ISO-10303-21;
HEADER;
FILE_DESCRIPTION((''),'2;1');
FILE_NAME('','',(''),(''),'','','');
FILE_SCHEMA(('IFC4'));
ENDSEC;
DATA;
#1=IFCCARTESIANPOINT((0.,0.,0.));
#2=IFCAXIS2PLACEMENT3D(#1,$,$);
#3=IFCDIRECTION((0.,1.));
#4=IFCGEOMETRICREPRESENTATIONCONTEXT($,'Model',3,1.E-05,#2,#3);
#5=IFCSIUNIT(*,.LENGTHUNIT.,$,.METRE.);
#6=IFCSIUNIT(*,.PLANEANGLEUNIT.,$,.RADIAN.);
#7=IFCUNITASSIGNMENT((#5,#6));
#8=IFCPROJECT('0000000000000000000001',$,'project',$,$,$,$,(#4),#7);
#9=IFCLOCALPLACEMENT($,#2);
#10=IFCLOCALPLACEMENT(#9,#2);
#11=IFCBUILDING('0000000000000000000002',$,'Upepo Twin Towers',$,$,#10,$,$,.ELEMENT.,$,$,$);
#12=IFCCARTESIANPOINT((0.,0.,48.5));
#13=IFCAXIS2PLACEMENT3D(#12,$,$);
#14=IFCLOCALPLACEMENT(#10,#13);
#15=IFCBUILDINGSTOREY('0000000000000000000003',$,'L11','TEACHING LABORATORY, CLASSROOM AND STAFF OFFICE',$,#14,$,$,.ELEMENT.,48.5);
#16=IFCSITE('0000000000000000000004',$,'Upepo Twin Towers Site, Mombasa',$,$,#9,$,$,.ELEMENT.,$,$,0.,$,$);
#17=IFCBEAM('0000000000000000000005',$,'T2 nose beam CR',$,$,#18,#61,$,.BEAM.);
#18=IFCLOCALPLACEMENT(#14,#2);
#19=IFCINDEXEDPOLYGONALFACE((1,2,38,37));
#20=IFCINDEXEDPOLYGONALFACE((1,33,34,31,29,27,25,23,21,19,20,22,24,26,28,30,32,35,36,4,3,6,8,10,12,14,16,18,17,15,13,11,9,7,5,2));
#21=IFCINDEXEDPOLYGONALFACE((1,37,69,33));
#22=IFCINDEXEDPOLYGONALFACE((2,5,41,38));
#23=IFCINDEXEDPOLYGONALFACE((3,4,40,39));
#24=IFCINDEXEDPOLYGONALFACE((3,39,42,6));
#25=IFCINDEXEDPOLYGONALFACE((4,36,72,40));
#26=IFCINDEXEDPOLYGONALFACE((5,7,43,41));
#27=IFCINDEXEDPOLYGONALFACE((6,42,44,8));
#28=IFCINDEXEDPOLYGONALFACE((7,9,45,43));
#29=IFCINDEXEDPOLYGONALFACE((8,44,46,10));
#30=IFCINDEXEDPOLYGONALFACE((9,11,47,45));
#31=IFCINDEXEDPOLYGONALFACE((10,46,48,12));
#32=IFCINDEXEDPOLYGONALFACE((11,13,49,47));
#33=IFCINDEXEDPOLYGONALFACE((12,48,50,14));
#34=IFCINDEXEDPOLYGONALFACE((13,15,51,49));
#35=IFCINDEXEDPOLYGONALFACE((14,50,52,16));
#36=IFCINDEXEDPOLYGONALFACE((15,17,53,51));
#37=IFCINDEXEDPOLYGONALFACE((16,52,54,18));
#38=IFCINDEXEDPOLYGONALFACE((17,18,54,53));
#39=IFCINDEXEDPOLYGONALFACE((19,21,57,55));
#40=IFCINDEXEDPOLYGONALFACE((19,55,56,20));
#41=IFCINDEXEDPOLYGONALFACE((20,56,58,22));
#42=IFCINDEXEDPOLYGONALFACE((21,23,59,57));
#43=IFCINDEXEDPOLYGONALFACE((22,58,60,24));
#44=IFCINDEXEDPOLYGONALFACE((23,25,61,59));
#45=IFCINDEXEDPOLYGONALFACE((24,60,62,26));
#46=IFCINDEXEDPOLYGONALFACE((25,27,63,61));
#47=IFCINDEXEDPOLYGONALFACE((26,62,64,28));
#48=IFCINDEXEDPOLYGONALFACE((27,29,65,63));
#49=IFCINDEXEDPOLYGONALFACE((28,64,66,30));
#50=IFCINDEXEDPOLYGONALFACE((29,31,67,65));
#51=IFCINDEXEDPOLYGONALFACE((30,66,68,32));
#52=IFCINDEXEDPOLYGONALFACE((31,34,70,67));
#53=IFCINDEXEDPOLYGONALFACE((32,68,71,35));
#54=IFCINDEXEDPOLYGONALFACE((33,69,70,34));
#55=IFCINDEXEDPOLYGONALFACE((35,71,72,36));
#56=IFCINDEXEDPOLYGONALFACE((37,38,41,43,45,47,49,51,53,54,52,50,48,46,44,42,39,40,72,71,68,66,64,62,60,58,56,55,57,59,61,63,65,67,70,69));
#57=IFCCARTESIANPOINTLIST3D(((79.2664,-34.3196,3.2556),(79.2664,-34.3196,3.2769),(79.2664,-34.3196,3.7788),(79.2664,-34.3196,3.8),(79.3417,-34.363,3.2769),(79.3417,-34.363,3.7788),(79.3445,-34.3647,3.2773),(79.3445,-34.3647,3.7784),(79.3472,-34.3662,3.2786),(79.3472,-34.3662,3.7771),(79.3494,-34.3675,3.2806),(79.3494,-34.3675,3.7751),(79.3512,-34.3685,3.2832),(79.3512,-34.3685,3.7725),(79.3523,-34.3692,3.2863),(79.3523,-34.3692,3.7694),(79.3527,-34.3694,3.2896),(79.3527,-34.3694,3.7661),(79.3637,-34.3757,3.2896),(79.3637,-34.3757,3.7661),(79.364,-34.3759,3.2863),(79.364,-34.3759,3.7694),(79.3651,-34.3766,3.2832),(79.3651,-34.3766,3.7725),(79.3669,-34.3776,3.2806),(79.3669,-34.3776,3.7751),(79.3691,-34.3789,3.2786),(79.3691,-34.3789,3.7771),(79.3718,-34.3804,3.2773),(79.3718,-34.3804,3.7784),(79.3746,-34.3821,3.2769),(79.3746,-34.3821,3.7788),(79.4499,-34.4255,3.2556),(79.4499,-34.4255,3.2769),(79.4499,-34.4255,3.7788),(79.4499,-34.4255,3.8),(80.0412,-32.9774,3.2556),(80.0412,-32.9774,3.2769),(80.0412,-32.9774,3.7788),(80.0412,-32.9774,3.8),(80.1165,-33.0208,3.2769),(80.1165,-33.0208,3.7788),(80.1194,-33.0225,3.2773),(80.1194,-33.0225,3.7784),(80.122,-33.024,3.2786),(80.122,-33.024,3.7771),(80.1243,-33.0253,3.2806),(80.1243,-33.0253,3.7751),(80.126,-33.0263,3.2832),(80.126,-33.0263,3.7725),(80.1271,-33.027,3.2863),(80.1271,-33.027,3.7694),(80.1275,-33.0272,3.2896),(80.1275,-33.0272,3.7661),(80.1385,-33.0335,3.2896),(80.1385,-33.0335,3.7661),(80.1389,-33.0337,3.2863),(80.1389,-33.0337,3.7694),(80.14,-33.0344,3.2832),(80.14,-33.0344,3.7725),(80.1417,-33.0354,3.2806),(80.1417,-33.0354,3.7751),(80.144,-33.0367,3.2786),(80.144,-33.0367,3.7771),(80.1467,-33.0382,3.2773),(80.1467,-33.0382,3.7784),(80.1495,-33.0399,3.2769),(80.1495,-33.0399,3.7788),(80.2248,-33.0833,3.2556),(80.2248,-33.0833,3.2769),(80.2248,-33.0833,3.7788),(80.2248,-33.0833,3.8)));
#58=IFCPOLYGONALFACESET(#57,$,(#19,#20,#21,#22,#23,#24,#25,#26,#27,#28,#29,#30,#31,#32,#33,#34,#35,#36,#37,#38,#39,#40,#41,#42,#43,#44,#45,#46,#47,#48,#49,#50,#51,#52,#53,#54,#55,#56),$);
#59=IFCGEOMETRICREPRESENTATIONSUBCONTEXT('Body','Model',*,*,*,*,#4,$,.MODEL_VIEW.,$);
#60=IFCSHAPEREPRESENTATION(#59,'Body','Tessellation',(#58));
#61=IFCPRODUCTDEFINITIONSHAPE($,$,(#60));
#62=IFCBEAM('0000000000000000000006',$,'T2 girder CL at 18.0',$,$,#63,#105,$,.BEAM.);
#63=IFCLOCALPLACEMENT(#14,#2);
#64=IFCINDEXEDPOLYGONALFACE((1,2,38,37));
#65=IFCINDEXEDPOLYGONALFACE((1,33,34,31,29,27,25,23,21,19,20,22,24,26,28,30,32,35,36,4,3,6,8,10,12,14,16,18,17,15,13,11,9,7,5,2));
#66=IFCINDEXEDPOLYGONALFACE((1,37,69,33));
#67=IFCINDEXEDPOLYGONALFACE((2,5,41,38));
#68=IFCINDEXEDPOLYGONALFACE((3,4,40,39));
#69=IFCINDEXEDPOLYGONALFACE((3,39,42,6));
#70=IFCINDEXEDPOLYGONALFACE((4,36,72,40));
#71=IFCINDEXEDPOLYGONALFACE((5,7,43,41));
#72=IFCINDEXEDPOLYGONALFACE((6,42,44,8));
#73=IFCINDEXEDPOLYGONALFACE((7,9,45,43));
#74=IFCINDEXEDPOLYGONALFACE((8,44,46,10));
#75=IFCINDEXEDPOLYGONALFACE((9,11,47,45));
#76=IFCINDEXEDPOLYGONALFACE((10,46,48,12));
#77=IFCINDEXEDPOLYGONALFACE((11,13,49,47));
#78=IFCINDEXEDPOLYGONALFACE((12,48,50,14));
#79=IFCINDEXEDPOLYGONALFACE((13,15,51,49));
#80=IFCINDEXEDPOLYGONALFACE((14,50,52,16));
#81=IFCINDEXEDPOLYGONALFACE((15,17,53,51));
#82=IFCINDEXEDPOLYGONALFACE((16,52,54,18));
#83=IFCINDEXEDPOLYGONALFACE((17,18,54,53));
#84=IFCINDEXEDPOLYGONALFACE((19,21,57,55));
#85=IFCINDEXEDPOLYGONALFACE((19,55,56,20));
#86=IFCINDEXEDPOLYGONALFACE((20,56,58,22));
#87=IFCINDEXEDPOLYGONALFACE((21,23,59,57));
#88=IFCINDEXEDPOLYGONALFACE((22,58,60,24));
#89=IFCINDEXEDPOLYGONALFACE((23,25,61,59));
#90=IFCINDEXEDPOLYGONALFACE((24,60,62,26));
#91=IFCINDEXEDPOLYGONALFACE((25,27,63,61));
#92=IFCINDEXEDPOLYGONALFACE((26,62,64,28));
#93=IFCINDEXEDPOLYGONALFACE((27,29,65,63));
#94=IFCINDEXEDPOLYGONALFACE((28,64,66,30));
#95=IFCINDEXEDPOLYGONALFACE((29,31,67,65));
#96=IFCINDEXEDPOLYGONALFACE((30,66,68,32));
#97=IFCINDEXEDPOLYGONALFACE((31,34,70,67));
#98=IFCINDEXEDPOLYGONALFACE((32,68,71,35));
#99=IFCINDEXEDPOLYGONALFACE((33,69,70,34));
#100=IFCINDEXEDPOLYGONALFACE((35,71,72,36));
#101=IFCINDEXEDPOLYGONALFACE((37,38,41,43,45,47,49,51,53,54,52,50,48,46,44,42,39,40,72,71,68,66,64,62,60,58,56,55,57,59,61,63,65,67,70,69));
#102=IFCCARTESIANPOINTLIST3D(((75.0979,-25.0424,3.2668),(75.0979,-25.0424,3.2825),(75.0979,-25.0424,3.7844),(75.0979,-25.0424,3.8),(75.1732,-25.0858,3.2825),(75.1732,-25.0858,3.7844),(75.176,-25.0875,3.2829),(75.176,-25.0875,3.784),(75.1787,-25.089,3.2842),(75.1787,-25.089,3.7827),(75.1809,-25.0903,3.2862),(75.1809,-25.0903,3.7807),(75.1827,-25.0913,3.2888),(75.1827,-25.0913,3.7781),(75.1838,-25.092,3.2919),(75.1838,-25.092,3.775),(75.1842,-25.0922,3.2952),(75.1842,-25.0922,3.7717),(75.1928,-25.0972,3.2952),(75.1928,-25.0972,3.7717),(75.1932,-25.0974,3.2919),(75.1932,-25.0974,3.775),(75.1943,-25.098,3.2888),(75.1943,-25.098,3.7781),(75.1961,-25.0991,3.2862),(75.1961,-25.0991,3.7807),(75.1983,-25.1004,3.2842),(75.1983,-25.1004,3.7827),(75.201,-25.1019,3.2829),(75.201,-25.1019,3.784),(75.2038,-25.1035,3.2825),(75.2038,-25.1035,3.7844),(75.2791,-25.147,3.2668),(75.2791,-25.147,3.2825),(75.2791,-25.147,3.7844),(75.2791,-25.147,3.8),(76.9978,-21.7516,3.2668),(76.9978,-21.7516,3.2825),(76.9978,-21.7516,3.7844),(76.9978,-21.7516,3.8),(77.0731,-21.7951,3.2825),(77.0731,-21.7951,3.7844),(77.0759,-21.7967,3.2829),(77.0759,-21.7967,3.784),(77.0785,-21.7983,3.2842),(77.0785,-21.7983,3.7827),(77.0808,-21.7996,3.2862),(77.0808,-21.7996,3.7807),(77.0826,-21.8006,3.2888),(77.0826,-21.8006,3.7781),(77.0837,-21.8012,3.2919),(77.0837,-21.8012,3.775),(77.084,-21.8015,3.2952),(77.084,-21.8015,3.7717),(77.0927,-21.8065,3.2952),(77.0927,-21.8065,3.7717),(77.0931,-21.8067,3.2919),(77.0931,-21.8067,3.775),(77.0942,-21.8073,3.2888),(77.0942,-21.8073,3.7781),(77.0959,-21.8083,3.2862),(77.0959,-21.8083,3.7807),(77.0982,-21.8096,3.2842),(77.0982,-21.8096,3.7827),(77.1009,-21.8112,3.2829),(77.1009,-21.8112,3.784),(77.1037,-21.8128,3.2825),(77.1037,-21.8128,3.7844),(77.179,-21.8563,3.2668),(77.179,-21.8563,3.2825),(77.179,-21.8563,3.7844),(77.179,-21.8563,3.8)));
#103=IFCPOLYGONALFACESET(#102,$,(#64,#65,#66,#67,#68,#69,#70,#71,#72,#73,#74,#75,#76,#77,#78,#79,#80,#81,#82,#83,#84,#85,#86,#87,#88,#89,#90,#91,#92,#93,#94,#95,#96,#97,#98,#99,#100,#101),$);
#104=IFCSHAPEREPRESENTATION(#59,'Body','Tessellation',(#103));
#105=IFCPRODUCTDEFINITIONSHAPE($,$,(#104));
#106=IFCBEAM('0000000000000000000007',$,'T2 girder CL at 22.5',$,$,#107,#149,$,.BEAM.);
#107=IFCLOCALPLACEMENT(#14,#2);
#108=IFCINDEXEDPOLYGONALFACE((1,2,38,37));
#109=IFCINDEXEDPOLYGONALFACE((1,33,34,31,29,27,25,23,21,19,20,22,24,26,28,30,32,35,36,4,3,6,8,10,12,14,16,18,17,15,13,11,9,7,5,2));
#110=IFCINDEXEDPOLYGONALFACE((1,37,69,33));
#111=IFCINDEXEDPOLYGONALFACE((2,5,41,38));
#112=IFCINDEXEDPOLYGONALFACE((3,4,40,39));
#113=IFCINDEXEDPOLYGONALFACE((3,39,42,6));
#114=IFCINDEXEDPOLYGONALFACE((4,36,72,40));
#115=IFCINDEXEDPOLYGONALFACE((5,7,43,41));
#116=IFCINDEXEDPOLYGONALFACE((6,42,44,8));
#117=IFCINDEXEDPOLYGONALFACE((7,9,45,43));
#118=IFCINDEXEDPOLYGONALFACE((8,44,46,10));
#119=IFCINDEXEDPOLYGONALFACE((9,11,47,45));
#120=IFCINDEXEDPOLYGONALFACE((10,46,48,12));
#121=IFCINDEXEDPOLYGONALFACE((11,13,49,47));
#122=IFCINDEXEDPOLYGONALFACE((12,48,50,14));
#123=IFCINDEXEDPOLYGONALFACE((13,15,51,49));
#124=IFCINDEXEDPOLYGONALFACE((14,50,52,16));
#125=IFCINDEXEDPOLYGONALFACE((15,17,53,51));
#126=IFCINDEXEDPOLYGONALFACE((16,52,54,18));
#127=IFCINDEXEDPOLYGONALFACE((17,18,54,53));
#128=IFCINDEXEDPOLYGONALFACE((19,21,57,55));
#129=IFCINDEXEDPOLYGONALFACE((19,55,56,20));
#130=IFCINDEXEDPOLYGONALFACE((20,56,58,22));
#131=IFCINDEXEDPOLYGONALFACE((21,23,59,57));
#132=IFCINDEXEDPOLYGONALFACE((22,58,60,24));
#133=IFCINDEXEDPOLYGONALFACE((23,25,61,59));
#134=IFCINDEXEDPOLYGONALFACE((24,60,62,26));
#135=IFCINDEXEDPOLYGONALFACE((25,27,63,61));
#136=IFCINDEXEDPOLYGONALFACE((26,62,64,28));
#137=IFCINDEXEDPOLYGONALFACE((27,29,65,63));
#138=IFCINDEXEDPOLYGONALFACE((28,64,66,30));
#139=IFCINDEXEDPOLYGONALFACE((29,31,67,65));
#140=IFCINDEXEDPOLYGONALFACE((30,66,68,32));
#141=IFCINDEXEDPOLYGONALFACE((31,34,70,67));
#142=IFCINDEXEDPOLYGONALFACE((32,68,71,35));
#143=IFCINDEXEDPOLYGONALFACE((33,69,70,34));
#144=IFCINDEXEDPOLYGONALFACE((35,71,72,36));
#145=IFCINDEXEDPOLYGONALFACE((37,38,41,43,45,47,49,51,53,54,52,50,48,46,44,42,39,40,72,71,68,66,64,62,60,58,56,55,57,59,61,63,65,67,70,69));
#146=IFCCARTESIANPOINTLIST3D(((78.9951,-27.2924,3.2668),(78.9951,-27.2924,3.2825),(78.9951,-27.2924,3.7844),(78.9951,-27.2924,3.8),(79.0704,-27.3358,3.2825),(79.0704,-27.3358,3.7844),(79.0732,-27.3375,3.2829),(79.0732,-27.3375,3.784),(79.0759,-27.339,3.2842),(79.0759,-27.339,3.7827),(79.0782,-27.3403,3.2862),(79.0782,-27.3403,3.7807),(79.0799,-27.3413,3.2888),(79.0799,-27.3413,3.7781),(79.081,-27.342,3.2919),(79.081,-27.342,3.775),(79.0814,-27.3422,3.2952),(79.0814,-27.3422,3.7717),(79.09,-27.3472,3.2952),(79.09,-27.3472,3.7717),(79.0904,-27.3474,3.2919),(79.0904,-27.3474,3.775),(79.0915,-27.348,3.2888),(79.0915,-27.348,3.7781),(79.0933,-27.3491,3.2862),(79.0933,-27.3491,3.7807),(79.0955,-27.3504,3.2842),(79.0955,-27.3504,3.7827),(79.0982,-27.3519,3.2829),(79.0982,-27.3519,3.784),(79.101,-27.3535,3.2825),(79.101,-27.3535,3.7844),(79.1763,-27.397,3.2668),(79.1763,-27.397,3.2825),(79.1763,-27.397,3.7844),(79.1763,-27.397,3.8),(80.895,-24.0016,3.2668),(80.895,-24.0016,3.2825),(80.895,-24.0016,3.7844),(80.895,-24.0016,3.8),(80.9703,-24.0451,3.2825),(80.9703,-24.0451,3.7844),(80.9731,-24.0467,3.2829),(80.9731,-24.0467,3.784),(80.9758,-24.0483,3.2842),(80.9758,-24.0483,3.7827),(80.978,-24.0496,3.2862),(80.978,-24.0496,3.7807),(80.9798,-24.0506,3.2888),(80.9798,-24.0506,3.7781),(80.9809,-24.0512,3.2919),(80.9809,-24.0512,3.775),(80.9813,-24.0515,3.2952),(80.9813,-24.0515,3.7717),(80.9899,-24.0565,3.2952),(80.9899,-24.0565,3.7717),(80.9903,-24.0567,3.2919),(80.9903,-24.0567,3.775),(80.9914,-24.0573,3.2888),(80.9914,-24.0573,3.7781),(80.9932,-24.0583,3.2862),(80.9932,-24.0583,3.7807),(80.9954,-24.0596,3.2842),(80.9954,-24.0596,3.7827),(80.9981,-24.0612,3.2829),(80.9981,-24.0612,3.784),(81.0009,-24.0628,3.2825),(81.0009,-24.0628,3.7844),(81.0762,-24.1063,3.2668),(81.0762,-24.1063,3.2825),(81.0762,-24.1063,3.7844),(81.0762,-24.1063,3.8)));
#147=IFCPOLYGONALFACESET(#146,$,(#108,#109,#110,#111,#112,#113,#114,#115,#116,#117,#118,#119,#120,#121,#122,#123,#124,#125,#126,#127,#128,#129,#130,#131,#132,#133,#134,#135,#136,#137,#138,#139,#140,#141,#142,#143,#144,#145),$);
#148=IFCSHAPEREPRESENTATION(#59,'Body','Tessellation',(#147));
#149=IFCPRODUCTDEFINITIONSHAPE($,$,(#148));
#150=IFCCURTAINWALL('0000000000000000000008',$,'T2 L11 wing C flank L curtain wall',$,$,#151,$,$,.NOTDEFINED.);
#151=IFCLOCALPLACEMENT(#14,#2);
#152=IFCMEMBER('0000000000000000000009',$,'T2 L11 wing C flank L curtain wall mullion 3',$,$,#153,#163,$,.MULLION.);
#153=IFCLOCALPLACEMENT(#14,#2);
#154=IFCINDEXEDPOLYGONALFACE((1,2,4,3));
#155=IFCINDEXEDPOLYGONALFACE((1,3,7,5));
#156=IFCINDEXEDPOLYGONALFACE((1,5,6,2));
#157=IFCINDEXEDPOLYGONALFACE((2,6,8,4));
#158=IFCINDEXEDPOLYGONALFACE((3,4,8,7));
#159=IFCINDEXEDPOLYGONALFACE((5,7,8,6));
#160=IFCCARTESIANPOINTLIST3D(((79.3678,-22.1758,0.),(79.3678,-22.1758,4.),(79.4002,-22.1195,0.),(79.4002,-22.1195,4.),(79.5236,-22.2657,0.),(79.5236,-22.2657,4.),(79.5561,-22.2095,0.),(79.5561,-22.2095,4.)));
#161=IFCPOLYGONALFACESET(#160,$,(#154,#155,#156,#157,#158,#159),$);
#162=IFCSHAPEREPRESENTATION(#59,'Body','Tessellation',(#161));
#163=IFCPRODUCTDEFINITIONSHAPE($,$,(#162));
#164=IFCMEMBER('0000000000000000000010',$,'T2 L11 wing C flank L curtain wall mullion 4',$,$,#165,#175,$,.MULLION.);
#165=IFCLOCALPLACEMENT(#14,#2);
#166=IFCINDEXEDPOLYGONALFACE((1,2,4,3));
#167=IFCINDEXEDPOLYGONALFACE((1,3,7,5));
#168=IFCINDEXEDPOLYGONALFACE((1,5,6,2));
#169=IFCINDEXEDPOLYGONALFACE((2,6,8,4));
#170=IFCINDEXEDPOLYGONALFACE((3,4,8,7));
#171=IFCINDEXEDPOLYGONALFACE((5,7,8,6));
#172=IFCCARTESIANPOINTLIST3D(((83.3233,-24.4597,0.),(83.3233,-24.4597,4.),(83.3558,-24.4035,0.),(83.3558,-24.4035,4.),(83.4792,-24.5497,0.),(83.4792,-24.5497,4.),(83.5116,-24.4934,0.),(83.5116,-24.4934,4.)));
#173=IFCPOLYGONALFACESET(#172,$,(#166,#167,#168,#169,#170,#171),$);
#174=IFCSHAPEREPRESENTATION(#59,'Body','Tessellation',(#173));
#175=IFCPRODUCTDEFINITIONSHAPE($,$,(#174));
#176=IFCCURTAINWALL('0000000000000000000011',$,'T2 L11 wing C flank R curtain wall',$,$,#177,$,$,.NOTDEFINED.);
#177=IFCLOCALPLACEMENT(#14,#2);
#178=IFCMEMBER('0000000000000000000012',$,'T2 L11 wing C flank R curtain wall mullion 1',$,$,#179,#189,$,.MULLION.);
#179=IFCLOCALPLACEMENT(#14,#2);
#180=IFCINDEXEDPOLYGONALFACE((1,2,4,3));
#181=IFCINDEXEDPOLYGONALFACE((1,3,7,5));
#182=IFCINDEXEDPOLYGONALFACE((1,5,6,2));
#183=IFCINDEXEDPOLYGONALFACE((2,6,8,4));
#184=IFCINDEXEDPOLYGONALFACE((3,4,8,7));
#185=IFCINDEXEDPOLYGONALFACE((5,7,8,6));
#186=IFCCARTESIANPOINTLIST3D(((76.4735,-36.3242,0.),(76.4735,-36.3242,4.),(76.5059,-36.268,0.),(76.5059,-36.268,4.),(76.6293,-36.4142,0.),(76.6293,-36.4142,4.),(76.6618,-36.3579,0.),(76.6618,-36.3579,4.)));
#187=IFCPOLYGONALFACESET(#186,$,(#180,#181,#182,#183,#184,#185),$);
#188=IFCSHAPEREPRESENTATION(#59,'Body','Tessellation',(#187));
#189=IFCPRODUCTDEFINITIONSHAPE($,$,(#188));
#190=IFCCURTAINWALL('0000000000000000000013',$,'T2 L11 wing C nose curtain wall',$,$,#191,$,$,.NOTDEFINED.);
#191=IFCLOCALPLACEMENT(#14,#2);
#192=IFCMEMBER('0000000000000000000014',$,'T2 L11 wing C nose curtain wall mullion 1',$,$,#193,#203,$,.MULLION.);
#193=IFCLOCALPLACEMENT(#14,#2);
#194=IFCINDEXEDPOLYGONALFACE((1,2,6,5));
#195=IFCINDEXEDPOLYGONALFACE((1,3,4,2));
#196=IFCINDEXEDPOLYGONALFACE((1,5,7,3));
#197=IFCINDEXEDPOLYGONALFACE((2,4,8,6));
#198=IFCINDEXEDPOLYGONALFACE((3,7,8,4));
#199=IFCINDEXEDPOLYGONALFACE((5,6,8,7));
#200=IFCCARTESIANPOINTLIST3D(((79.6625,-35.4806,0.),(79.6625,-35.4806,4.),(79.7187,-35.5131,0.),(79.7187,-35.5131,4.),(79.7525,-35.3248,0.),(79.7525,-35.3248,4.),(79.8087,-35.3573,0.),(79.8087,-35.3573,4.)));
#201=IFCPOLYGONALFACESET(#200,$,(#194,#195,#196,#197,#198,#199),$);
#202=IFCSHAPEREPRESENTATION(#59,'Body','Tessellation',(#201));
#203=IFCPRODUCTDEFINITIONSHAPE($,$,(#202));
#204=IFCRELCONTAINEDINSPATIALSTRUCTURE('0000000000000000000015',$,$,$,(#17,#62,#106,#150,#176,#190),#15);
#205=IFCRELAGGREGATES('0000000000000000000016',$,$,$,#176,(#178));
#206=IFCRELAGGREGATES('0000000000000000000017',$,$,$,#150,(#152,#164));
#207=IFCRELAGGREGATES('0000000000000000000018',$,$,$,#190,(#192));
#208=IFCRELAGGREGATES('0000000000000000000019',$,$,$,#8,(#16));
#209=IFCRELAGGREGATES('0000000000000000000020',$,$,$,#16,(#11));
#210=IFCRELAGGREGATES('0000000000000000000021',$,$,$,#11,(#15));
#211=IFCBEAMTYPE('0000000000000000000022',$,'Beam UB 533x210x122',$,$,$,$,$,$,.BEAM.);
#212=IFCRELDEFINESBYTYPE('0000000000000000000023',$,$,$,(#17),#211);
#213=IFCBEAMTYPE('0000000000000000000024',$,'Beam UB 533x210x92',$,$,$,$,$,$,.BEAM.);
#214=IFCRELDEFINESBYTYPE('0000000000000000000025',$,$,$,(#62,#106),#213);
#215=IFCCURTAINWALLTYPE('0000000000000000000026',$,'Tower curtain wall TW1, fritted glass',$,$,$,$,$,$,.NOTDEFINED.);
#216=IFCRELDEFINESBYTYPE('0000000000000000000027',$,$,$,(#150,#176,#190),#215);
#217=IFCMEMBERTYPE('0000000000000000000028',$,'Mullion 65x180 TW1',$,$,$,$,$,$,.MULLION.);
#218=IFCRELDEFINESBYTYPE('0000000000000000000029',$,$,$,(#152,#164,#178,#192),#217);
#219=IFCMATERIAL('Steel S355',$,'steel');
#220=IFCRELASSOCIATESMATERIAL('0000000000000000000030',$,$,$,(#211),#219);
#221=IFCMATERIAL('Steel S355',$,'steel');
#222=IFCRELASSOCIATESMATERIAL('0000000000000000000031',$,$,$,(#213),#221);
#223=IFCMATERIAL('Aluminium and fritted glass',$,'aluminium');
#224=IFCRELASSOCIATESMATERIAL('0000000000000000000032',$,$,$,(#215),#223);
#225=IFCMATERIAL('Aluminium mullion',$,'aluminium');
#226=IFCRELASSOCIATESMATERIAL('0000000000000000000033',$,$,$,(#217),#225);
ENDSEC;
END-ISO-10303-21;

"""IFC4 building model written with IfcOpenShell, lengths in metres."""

from ifc_helpers import new_model, si_unit, direction, frame, origin, origin_2d, place, context, subcontext, project, spatial, rectangle, i_section, extrude, material, material_profile, profile_set, type_object, element, aggregate, save


model = new_model("IFC4")

# Units and contexts
model_context = context("Model", 3, precision=1e-05, world=origin(), true_north=direction((0.0, 1.0)))
body_context = subcontext(model_context, "Body", "Model", "MODEL_VIEW")
ifc_project = project(units=[si_unit("LENGTHUNIT", "METRE"), si_unit("PLANEANGLEUNIT", "RADIAN")], contexts=[model_context])

# Site, building, storey
site_placement = place(None, origin())
site = spatial("IfcSite", under=ifc_project, at=site_placement, Name="Upepo Twin Towers Site, Mombasa", CompositionType="ELEMENT", RefElevation=0.0)
building_placement = place(site_placement, origin())
building = spatial("IfcBuilding", under=site, at=building_placement, Name="Upepo Twin Towers", CompositionType="ELEMENT")
storey_placement = place(building_placement, frame((0.0, 0.0, 48.5)))
storey = spatial("IfcBuildingStorey", under=building, at=storey_placement, Name="L11", Description="TEACHING LABORATORY, CLASSROOM AND STAFF OFFICE", CompositionType="ELEMENT", Elevation=48.5)

# Beams
ifc_material_1 = material(Name="Steel S355", Category="steel")
ifc_material_profile_1 = material_profile(ifc_material_1, i_section(OverallWidth=0.2119, OverallDepth=0.5444, WebThickness=0.0127, FlangeThickness=0.0212, FilletRadius=0.0127, at=origin_2d()), Name="UB 533x210x122")
ifc_profile_set_1 = profile_set([ifc_material_profile_1], Name="Steel S355")
beam_type_1 = type_object("IfcBeamType", Name="Beam UB 533x210x122", PredefinedType="BEAM", material=ifc_profile_set_1)
for number, where, z_axis, x_axis, name in (
    (1, (79.3582, -34.3726, 3.5278), (0.499968, 0.866044, 0.0), (-0.866044, 0.499968, 0.0), "T2 nose beam CR"),
):
    element("IfcBeam", number, at=place(storey_placement, frame(where, z_axis=z_axis, x_axis=x_axis)), inside=storey, type_object=beam_type_1, Name=name, PredefinedType="BEAM", context=body_context, shape_type="SweptSolid", body=[
        extrude(i_section(OverallWidth=0.2119, OverallDepth=0.5444, WebThickness=0.0127, FlangeThickness=0.0212, FilletRadius=0.0127, at=origin_2d()), origin(), (0.0, 0.0, 1.0), 1.5498),
    ])
ifc_material_2 = material(Name="Steel S355", Category="steel")
ifc_material_profile_2 = material_profile(ifc_material_2, i_section(OverallWidth=0.2092, OverallDepth=0.5332, WebThickness=0.01, FlangeThickness=0.0156, FilletRadius=0.0127, at=origin_2d()), Name="UB 533x210x92")
ifc_profile_set_2 = profile_set([ifc_material_profile_2], Name="Steel S355")
beam_type_2 = type_object("IfcBeamType", Name="Beam UB 533x210x92", PredefinedType="BEAM", material=ifc_profile_set_2)
for number, where, z_axis, x_axis, name in (
    (2, (77.0884, -21.804, 3.5334), (-0.499995, -0.866028, 0.0), (0.866028, -0.499995, 0.0), "T2 girder CL at 18.0"),
    (3, (80.9856, -24.054, 3.5334), (-0.499995, -0.866028, 0.0), (0.866028, -0.499995, 0.0), "T2 girder CL at 22.5"),
):
    element("IfcBeam", number, at=place(storey_placement, frame(where, z_axis=z_axis, x_axis=x_axis)), inside=storey, type_object=beam_type_2, Name=name, PredefinedType="BEAM", context=body_context, shape_type="SweptSolid", body=[
        extrude(i_section(OverallWidth=0.2092, OverallDepth=0.5332, WebThickness=0.01, FlangeThickness=0.0156, FilletRadius=0.0127, at=origin_2d()), origin(), (0.0, 0.0, 1.0), 3.7998),
    ])

# Curtain wall, members
ifc_material_3 = material(Name="Aluminium and fritted glass", Category="aluminium")
curtain_wall_type = type_object("IfcCurtainWallType", Name="Tower curtain wall TW1, fritted glass", PredefinedType="NOTDEFINED", material=ifc_material_3)
curtain_wall_1_placement = place(storey_placement, origin())
curtain_wall_1 = element("IfcCurtainWall", 4, at=curtain_wall_1_placement, inside=storey, type_object=curtain_wall_type, Name="T2 L11 wing C flank L curtain wall", PredefinedType="NOTDEFINED")
ifc_material_4 = material(Name="Aluminium mullion", Category="aluminium")
ifc_material_profile_3 = material_profile(ifc_material_4, rectangle(XDim=0.0649, YDim=0.1799, at=origin_2d()), Name="MULLION 65x180")
ifc_profile_set_3 = profile_set([ifc_material_profile_3], Name="Aluminium mullion")
member_type_1 = type_object("IfcMemberType", Name="Mullion 65x180 TW1", PredefinedType="MULLION", material=ifc_profile_set_3)
member_1_placement = place(storey_placement, frame((79.4619, -22.1926, 0.0), z_axis=(0.0, 0.0, 1.0), x_axis=(0.5, 0.866025, 0.0)))
member_1 = element("IfcMember", 5, at=member_1_placement, type_object=member_type_1, Name="T2 L11 wing C flank L curtain wall mullion 3", PredefinedType="MULLION", context=body_context, shape_type="SweptSolid", body=[
    extrude(rectangle(XDim=0.0649, YDim=0.1799, at=origin_2d()), origin(), (0.0, 0.0, 1.0), 4.0),
])
member_2_placement = place(storey_placement, frame((83.4175, -24.4766, 0.0), z_axis=(0.0, 0.0, 1.0), x_axis=(0.5, 0.866025, 0.0)))
member_2 = element("IfcMember", 6, at=member_2_placement, type_object=member_type_1, Name="T2 L11 wing C flank L curtain wall mullion 4", PredefinedType="MULLION", context=body_context, shape_type="SweptSolid", body=[
    extrude(rectangle(XDim=0.0649, YDim=0.1799, at=origin_2d()), origin(), (0.0, 0.0, 1.0), 4.0),
])

# Curtain wall, member
curtain_wall_2_placement = place(storey_placement, origin())
curtain_wall_2 = element("IfcCurtainWall", 7, at=curtain_wall_2_placement, inside=storey, type_object=curtain_wall_type, Name="T2 L11 wing C flank R curtain wall", PredefinedType="NOTDEFINED")
member_3_placement = place(storey_placement, frame((76.5676, -36.3411, 0.0), z_axis=(0.0, 0.0, 1.0), x_axis=(-0.5, -0.866025, 0.0)))
member_3 = element("IfcMember", 8, at=member_3_placement, type_object=member_type_1, Name="T2 L11 wing C flank R curtain wall mullion 1", PredefinedType="MULLION", context=body_context, shape_type="SweptSolid", body=[
    extrude(rectangle(XDim=0.0649, YDim=0.1799, at=origin_2d()), origin(), (0.0, 0.0, 1.0), 4.0),
])

# Curtain wall, member
curtain_wall_3_placement = place(storey_placement, origin())
curtain_wall_3 = element("IfcCurtainWall", 9, at=curtain_wall_3_placement, inside=storey, type_object=curtain_wall_type, Name="T2 L11 wing C nose curtain wall", PredefinedType="NOTDEFINED")
member_4_placement = place(storey_placement, frame((79.7356, -35.4189, 0.0), z_axis=(0.0, 0.0, 1.0), x_axis=(-0.866025, 0.5, 0.0)))
member_4 = element("IfcMember", 10, at=member_4_placement, type_object=member_type_1, Name="T2 L11 wing C nose curtain wall mullion 1", PredefinedType="MULLION", context=body_context, shape_type="SweptSolid", body=[
    extrude(rectangle(XDim=0.0649, YDim=0.1799, at=origin_2d()), origin(), (0.0, 0.0, 1.0), 4.0),
])

aggregate(curtain_wall_2, [member_3])

aggregate(curtain_wall_1, [member_1, member_2])
aggregate(curtain_wall_3, [member_4])

save(model, "model.ifc")
